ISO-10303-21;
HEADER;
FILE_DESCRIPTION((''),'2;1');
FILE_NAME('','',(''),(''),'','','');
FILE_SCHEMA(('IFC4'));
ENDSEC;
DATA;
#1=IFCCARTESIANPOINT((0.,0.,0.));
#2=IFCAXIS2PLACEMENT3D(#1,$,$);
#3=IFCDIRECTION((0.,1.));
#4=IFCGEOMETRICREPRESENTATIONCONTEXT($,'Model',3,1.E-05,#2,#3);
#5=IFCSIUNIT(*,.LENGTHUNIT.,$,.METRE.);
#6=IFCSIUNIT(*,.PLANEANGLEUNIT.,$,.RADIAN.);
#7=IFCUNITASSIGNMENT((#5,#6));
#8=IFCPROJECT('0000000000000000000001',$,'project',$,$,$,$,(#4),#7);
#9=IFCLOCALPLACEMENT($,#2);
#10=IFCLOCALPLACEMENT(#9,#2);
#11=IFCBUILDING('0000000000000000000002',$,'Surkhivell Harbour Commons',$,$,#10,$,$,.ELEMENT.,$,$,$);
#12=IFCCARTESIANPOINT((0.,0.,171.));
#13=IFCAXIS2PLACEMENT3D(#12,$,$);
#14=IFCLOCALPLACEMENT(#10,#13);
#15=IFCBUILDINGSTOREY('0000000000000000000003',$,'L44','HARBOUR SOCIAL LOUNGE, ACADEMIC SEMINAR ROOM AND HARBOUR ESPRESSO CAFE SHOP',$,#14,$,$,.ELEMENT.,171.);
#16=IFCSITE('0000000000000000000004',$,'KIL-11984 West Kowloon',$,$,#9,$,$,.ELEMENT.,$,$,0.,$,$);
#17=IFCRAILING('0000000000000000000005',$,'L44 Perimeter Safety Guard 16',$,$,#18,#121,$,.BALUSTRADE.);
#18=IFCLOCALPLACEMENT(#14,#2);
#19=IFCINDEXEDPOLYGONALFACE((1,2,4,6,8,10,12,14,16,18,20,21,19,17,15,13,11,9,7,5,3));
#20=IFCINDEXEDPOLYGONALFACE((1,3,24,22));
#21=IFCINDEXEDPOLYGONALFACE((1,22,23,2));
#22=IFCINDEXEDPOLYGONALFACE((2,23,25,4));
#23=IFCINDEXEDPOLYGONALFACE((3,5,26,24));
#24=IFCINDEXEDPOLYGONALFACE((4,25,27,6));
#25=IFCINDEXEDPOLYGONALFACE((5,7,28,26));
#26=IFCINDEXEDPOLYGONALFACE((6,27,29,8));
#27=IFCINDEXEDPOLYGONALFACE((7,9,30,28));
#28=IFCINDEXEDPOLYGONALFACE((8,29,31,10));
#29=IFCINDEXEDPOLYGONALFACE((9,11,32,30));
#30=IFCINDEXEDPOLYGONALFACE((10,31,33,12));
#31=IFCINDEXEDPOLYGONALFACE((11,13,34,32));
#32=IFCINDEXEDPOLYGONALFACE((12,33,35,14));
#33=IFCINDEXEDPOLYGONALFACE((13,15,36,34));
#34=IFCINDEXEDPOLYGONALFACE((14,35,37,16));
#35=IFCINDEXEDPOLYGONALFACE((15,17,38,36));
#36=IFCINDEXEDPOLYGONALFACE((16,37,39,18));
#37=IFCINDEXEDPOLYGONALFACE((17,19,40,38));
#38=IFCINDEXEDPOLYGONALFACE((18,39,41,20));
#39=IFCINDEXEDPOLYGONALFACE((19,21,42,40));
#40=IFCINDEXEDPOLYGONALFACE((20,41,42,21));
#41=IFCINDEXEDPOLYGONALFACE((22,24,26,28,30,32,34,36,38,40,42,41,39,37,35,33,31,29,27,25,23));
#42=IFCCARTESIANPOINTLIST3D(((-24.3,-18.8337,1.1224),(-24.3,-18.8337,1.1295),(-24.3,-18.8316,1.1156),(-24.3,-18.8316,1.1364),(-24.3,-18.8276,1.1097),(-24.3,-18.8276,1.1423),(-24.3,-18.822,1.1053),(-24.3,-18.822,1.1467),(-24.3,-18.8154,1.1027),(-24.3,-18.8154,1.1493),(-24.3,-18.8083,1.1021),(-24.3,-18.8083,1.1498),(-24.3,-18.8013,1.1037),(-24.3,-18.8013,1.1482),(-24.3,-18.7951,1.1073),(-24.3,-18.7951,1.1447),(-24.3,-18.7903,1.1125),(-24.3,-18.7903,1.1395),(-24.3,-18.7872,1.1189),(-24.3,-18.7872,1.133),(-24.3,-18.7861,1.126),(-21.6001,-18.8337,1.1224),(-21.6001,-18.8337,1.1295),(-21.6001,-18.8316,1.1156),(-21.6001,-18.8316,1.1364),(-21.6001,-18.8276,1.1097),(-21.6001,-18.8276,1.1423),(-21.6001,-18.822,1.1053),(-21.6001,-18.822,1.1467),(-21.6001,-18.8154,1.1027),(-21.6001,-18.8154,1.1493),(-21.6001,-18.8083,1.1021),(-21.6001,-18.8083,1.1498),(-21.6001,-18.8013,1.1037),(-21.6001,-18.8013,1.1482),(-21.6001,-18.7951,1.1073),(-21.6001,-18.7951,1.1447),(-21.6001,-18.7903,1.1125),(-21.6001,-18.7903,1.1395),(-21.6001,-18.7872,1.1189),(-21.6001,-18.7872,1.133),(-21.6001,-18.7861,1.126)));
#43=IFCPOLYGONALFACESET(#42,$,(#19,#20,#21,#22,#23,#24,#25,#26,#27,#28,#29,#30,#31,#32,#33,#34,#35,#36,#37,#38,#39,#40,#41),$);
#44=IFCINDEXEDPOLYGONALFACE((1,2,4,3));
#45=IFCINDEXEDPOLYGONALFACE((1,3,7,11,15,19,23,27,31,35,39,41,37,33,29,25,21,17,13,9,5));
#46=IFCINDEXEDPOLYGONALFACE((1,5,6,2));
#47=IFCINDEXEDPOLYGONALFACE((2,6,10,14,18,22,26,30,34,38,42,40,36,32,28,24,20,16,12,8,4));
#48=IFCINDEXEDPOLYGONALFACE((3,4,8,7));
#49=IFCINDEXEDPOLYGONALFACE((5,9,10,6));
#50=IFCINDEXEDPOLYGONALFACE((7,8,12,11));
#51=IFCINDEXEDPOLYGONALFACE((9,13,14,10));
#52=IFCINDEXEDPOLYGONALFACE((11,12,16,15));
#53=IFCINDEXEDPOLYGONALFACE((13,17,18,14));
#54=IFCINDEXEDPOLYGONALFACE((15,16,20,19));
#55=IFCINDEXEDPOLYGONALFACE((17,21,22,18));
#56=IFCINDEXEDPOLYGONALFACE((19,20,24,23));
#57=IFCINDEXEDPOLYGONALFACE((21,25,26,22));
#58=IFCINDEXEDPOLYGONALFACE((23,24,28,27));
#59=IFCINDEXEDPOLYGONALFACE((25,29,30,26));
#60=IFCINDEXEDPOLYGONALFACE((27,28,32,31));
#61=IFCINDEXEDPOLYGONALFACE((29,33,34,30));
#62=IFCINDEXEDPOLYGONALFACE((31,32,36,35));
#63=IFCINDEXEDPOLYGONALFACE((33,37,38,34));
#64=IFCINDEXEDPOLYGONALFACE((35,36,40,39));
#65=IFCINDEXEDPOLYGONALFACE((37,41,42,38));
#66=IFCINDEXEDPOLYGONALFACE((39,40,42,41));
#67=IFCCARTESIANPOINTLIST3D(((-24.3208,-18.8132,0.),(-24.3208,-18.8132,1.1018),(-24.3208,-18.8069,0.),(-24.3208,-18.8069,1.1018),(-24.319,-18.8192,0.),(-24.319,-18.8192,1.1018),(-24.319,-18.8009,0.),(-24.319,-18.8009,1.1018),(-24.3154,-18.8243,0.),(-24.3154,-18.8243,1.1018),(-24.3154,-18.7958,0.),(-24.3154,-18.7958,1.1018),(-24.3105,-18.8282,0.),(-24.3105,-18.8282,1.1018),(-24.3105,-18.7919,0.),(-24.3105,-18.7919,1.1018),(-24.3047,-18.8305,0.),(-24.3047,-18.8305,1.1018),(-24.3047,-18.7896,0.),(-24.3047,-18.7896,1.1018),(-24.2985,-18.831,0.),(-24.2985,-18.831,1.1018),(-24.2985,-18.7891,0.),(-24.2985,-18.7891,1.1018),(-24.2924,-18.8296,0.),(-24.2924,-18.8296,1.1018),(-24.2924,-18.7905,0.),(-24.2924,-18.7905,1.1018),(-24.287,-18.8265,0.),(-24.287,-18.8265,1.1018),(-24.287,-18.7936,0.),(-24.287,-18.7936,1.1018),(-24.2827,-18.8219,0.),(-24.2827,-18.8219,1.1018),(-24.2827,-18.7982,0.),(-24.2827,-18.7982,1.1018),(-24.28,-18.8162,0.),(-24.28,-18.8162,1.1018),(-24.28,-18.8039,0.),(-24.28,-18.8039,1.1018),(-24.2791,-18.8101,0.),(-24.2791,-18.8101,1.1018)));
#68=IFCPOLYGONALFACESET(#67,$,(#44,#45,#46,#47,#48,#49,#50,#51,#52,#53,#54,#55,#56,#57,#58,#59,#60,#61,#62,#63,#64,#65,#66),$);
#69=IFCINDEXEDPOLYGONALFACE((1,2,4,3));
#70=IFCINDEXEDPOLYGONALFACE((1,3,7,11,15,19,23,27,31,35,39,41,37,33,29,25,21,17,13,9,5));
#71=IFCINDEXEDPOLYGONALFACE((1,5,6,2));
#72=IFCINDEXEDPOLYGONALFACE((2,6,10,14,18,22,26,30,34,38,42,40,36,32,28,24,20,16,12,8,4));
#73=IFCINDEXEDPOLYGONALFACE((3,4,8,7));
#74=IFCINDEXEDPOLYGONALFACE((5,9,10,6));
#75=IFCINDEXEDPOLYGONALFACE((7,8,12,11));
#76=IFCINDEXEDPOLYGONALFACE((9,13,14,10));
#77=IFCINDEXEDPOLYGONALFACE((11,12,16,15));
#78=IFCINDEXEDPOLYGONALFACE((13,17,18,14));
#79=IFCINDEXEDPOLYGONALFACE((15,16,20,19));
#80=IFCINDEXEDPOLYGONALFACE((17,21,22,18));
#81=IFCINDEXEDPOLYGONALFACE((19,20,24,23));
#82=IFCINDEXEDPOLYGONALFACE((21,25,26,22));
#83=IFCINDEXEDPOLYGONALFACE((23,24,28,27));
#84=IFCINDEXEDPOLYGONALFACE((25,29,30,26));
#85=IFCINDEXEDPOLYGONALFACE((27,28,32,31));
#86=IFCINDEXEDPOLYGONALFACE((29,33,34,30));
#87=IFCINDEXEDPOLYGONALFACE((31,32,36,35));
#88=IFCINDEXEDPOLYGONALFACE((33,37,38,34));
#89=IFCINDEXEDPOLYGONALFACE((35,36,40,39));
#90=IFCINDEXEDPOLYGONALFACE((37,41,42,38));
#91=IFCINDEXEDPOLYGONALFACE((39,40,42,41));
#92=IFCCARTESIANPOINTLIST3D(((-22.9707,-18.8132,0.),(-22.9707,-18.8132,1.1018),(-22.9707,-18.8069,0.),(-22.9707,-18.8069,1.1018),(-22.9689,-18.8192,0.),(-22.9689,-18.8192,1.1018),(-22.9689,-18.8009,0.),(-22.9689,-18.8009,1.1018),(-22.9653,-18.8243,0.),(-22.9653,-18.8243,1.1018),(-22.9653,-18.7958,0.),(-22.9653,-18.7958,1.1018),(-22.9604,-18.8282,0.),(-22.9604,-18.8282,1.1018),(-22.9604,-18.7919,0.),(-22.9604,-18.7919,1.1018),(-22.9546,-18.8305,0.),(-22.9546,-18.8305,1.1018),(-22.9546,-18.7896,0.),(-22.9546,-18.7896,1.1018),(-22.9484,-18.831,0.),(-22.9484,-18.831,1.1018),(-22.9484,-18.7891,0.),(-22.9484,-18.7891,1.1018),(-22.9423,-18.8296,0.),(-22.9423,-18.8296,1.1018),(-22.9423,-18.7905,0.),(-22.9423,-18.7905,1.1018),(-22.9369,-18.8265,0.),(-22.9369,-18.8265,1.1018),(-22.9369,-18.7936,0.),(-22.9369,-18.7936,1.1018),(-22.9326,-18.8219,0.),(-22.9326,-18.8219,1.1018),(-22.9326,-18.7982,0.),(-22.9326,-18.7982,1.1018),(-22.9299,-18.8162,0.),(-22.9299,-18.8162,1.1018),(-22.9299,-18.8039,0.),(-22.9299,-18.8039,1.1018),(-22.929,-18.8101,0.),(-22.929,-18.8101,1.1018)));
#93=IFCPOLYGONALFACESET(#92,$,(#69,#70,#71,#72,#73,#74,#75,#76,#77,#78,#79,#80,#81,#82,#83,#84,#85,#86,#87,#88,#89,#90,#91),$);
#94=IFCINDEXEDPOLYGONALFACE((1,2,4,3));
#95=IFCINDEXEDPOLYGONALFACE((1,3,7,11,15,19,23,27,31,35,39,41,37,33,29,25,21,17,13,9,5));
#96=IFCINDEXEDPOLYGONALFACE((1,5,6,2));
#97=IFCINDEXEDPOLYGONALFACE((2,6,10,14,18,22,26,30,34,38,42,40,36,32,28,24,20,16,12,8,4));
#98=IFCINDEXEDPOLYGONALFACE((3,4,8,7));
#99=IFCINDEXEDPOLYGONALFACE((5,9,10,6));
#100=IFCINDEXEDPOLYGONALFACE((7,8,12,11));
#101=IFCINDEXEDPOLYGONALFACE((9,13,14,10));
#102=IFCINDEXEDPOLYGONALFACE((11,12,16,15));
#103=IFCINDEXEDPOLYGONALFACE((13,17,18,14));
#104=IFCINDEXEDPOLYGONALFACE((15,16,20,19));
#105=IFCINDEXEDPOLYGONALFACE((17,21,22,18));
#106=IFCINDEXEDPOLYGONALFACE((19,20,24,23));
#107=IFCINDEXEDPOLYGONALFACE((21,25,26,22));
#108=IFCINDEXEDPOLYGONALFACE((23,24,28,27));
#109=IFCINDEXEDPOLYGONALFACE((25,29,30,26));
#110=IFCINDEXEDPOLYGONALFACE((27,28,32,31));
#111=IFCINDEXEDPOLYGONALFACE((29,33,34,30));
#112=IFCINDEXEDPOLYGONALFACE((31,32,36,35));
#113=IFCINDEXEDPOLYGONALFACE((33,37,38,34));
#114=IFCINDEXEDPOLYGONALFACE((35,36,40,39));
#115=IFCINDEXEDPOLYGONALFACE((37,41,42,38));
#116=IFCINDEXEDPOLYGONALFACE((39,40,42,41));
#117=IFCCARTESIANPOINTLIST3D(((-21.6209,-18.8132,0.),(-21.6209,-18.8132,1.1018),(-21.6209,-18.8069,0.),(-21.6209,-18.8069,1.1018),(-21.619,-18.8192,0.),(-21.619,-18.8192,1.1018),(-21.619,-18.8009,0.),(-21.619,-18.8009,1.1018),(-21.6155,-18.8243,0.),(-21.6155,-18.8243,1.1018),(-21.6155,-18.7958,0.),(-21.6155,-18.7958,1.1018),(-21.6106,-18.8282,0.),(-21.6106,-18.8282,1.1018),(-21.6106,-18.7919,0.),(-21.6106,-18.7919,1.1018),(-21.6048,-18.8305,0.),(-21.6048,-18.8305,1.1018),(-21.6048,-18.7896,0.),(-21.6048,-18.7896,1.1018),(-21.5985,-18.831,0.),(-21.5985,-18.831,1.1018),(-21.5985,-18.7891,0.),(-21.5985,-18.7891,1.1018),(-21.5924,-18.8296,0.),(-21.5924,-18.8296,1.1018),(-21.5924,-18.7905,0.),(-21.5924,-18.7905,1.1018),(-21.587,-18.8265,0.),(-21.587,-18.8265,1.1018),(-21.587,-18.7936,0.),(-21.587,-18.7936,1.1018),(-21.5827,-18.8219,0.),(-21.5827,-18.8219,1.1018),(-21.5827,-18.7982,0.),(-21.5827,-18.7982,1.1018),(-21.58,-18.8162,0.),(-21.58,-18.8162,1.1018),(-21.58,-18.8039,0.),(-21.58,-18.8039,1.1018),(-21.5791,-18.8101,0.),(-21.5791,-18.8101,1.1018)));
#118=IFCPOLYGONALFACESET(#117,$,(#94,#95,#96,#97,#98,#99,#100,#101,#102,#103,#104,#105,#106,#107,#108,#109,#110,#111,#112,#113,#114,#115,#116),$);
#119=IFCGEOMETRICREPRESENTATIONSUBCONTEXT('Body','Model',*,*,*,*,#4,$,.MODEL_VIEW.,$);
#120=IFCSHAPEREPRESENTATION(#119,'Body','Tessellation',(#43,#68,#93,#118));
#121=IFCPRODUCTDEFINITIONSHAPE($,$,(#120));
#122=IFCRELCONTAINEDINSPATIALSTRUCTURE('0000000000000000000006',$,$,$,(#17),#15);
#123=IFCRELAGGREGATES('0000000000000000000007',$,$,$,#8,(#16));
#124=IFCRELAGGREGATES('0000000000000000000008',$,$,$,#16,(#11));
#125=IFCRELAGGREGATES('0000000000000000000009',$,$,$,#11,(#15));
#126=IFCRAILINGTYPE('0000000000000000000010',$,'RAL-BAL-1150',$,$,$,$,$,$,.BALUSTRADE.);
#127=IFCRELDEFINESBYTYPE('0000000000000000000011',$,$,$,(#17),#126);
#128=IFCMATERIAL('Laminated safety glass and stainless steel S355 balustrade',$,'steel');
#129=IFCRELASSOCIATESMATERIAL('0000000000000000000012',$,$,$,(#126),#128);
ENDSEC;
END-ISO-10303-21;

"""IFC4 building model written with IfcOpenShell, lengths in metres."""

from ifc_helpers import new_model, si_unit, direction, frame, origin, origin_2d, place, context, subcontext, project, spatial, circle, extrude, material, type_object, element, save


model = new_model("IFC4")

# Units and contexts
model_context = context("Model", 3, precision=1e-05, world=origin(), true_north=direction((0.0, 1.0)))
body_context = subcontext(model_context, "Body", "Model", "MODEL_VIEW")
ifc_project = project(units=[si_unit("LENGTHUNIT", "METRE"), si_unit("PLANEANGLEUNIT", "RADIAN")], contexts=[model_context])

# Site, building, storey
site_placement = place(None, origin())
site = spatial("IfcSite", under=ifc_project, at=site_placement, Name="KIL-11984 West Kowloon", CompositionType="ELEMENT", RefElevation=0.0)
building_placement = place(site_placement, origin())
building = spatial("IfcBuilding", under=site, at=building_placement, Name="Surkhivell Harbour Commons", CompositionType="ELEMENT")
storey_placement = place(building_placement, frame((0.0, 0.0, 171.0)))
storey = spatial("IfcBuildingStorey", under=building, at=storey_placement, Name="L44", Description="HARBOUR SOCIAL LOUNGE, ACADEMIC SEMINAR ROOM AND HARBOUR ESPRESSO CAFE SHOP", CompositionType="ELEMENT", Elevation=171.0)

# Railing
ifc_material_1 = material(Name="Laminated safety glass and stainless steel S355 balustrade", Category="steel")
railing_type = type_object("IfcRailingType", Name="RAL-BAL-1150", PredefinedType="BALUSTRADE", material=ifc_material_1)
railing_1_placement = place(storey_placement, frame((-24.3, -18.8101, 0.0)))
element("IfcRailing", 1, at=railing_1_placement, inside=storey, type_object=railing_type, Name="L44 Perimeter Safety Guard 16", PredefinedType="BALUSTRADE", context=body_context, shape_type="SweptSolid", body=[
    extrude(circle(Radius=0.0239, at=origin_2d()), frame((0.0, 0.0, 1.126), z_axis=(1.0, 0.0, 0.0), x_axis=(0.0, 1.0, 0.0)), (0.0, 0.0, 1.0), 2.7),
    extrude(circle(Radius=0.021, at=origin_2d()), origin(), (0.0, 0.0, 1.0), 1.1018),
    extrude(circle(Radius=0.021, at=origin_2d()), frame((1.3501, 0.0, 0.0)), (0.0, 0.0, 1.0), 1.1018),
    extrude(circle(Radius=0.021, at=origin_2d()), frame((2.7, 0.0, 0.0)), (0.0, 0.0, 1.0), 1.1018),
])

save(model, "model.ifc")
